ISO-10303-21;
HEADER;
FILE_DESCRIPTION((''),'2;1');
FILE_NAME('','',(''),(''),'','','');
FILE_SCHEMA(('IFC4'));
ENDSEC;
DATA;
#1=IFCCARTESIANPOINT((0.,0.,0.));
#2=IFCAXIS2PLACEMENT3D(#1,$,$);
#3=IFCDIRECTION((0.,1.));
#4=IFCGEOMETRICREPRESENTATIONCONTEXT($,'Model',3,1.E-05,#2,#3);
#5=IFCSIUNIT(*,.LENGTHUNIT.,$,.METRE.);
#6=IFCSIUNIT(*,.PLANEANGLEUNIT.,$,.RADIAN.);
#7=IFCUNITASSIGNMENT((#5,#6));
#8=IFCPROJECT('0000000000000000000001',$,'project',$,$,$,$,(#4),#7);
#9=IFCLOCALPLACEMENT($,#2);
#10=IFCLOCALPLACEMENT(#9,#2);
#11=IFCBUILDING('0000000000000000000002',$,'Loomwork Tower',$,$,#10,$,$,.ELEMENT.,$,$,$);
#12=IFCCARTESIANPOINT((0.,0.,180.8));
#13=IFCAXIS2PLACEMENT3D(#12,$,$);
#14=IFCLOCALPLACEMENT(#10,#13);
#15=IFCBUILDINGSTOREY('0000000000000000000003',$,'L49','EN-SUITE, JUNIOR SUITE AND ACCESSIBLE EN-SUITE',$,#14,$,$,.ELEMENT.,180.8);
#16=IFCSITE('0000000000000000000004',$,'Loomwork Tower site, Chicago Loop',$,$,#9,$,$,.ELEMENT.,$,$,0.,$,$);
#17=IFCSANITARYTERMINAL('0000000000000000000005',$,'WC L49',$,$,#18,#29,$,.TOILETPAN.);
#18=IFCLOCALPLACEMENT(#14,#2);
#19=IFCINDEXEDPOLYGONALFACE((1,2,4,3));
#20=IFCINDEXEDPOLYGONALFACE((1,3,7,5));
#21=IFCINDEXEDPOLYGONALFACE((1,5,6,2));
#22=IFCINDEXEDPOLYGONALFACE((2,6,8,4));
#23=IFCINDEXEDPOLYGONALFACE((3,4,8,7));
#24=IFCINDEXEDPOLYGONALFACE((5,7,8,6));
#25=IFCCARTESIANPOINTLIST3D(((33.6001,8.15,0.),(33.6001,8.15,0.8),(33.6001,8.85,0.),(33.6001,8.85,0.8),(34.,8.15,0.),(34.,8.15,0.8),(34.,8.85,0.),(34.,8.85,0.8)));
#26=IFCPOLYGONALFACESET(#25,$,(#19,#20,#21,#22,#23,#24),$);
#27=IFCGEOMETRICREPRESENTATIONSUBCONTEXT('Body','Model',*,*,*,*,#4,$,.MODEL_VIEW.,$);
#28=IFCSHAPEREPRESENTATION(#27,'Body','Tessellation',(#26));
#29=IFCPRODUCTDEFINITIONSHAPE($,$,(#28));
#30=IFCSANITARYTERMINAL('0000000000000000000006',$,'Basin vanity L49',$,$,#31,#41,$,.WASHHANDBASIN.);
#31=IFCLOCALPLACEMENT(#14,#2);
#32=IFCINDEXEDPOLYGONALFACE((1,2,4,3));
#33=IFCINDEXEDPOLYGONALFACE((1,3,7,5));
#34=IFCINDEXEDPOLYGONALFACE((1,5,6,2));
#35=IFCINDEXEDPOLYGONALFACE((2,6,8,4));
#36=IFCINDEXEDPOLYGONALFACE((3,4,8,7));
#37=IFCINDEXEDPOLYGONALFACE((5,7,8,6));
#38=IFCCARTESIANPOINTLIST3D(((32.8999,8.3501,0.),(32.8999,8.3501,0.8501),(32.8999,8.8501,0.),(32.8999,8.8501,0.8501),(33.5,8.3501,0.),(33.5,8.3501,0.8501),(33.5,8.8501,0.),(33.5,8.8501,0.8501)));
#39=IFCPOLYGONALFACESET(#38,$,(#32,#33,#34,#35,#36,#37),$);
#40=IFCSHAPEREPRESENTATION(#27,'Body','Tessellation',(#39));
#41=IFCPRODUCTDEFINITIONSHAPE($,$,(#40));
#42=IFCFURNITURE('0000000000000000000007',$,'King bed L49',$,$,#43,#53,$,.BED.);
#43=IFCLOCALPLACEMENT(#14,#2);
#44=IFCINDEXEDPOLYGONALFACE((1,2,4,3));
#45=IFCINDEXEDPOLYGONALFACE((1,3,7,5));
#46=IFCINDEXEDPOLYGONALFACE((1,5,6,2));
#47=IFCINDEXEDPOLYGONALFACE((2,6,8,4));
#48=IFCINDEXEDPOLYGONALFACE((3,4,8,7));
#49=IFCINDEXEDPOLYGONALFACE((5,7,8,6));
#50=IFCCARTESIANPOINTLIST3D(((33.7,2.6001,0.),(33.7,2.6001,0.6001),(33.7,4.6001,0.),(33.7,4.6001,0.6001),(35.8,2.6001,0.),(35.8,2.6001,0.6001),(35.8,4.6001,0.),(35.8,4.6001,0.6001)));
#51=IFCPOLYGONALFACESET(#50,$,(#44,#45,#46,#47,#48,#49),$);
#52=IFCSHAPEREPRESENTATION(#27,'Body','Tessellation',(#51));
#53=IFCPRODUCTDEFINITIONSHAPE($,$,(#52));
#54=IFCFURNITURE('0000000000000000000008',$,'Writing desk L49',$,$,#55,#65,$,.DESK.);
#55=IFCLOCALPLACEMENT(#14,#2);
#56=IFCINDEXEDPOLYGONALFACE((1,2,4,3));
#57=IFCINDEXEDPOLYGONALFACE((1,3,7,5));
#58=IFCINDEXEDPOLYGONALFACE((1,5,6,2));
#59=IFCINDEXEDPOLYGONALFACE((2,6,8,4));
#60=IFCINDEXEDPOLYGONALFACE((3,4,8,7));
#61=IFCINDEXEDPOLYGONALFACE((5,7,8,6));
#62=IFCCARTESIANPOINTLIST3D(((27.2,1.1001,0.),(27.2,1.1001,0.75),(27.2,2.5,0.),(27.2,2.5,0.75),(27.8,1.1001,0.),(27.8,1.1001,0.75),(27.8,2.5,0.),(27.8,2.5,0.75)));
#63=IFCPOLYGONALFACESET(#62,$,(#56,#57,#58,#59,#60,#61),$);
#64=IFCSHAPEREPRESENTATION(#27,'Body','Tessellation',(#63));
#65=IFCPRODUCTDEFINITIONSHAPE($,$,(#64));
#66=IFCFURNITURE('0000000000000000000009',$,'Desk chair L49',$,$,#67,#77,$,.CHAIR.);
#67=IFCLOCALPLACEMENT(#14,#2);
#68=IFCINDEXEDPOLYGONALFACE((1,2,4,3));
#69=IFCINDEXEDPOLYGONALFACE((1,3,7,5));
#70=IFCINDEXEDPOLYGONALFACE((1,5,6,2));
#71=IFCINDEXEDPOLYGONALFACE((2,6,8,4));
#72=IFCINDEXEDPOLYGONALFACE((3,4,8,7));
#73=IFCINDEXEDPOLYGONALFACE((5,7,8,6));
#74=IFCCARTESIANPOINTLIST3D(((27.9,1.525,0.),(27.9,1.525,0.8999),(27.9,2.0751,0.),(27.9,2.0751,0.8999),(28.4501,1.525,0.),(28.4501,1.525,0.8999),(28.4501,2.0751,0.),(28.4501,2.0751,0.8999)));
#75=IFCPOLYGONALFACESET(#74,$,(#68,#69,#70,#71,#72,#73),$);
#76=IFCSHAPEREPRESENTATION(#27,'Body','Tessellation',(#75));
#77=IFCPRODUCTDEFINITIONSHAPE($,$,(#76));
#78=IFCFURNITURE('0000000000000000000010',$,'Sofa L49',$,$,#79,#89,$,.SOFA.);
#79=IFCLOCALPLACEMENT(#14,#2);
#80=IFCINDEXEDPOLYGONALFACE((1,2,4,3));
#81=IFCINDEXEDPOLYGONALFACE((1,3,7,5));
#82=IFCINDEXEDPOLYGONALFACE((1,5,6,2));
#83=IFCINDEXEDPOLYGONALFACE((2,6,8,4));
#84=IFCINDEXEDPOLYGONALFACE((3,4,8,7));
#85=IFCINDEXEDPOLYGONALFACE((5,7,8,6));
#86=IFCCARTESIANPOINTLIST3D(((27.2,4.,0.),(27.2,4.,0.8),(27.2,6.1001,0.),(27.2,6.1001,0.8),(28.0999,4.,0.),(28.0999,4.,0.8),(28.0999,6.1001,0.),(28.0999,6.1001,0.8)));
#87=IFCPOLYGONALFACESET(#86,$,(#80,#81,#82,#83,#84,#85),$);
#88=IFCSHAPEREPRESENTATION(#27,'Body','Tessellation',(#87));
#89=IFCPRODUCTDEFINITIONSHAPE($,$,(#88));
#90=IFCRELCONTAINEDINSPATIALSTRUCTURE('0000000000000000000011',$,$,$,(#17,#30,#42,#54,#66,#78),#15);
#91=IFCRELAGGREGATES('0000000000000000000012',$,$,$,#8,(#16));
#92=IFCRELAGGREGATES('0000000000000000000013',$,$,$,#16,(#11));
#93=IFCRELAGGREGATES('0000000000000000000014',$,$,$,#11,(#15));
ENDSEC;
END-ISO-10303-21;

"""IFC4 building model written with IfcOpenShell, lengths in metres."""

from ifc_helpers import new_model, si_unit, direction, frame, origin, origin_2d, place, context, subcontext, project, spatial, rectangle, extrude, element, save


model = new_model("IFC4")

# Units and contexts
model_context = context("Model", 3, precision=1e-05, world=origin(), true_north=direction((0.0, 1.0)))
body_context = subcontext(model_context, "Body", "Model", "MODEL_VIEW")
ifc_project = project(units=[si_unit("LENGTHUNIT", "METRE"), si_unit("PLANEANGLEUNIT", "RADIAN")], contexts=[model_context])

# Site, building, storey
site_placement = place(None, origin())
site = spatial("IfcSite", under=ifc_project, at=site_placement, Name="Loomwork Tower site, Chicago Loop", CompositionType="ELEMENT", RefElevation=0.0)
building_placement = place(site_placement, origin())
building = spatial("IfcBuilding", under=site, at=building_placement, Name="Loomwork Tower", CompositionType="ELEMENT")
storey_placement = place(building_placement, frame((0.0, 0.0, 180.8)))
storey = spatial("IfcBuildingStorey", under=building, at=storey_placement, Name="L49", Description="EN-SUITE, JUNIOR SUITE AND ACCESSIBLE EN-SUITE", CompositionType="ELEMENT", Elevation=180.8)

# Sanitary terminals
sanitary_terminal_1_placement = place(storey_placement, frame((33.8, 8.5, 0.0), z_axis=(0.0, 0.0, 1.0), x_axis=(1.0, 0.0, 0.0)))
element("IfcSanitaryTerminal", 1, at=sanitary_terminal_1_placement, inside=storey, Name="WC L49", PredefinedType="TOILETPAN", context=body_context, shape_type="SweptSolid", body=[
    extrude(rectangle(XDim=0.3999, YDim=0.7, at=origin_2d()), origin(), (0.0, 0.0, 1.0), 0.8),
])
sanitary_terminal_2_placement = place(storey_placement, frame((33.2, 8.6001, 0.0), z_axis=(0.0, 0.0, 1.0), x_axis=(1.0, 0.0, 0.0)))
element("IfcSanitaryTerminal", 2, at=sanitary_terminal_2_placement, inside=storey, Name="Basin vanity L49", PredefinedType="WASHHANDBASIN", context=body_context, shape_type="SweptSolid", body=[
    extrude(rectangle(XDim=0.6001, YDim=0.5, at=origin_2d()), origin(), (0.0, 0.0, 1.0), 0.8501),
])

# Furniture
furniture_1_placement = place(storey_placement, frame((34.75, 3.6001, 0.0), z_axis=(0.0, 0.0, 1.0), x_axis=(1.0, 0.0, 0.0)))
element("IfcFurniture", 3, at=furniture_1_placement, inside=storey, Name="King bed L49", PredefinedType="BED", context=body_context, shape_type="SweptSolid", body=[
    extrude(rectangle(XDim=2.1001, YDim=2.0, at=origin_2d()), origin(), (0.0, 0.0, 1.0), 0.6001),
])
furniture_2_placement = place(storey_placement, frame((27.5, 1.8, 0.0), z_axis=(0.0, 0.0, 1.0), x_axis=(1.0, 0.0, 0.0)))
element("IfcFurniture", 4, at=furniture_2_placement, inside=storey, Name="Writing desk L49", PredefinedType="DESK", context=body_context, shape_type="SweptSolid", body=[
    extrude(rectangle(XDim=0.6001, YDim=1.3999, at=origin_2d()), origin(), (0.0, 0.0, 1.0), 0.75),
])
furniture_3_placement = place(storey_placement, frame((28.175, 1.8, 0.0), z_axis=(0.0, 0.0, 1.0), x_axis=(1.0, 0.0, 0.0)))
element("IfcFurniture", 5, at=furniture_3_placement, inside=storey, Name="Desk chair L49", PredefinedType="CHAIR", context=body_context, shape_type="SweptSolid", body=[
    extrude(rectangle(XDim=0.55, YDim=0.55, at=origin_2d()), origin(), (0.0, 0.0, 1.0), 0.8999),
])
furniture_4_placement = place(storey_placement, frame((27.6499, 5.05, 0.0), z_axis=(0.0, 0.0, 1.0), x_axis=(1.0, 0.0, 0.0)))
element("IfcFurniture", 6, at=furniture_4_placement, inside=storey, Name="Sofa L49", PredefinedType="SOFA", context=body_context, shape_type="SweptSolid", body=[
    extrude(rectangle(XDim=0.8999, YDim=2.1001, at=origin_2d()), origin(), (0.0, 0.0, 1.0), 0.8),
])

save(model, "model.ifc")
